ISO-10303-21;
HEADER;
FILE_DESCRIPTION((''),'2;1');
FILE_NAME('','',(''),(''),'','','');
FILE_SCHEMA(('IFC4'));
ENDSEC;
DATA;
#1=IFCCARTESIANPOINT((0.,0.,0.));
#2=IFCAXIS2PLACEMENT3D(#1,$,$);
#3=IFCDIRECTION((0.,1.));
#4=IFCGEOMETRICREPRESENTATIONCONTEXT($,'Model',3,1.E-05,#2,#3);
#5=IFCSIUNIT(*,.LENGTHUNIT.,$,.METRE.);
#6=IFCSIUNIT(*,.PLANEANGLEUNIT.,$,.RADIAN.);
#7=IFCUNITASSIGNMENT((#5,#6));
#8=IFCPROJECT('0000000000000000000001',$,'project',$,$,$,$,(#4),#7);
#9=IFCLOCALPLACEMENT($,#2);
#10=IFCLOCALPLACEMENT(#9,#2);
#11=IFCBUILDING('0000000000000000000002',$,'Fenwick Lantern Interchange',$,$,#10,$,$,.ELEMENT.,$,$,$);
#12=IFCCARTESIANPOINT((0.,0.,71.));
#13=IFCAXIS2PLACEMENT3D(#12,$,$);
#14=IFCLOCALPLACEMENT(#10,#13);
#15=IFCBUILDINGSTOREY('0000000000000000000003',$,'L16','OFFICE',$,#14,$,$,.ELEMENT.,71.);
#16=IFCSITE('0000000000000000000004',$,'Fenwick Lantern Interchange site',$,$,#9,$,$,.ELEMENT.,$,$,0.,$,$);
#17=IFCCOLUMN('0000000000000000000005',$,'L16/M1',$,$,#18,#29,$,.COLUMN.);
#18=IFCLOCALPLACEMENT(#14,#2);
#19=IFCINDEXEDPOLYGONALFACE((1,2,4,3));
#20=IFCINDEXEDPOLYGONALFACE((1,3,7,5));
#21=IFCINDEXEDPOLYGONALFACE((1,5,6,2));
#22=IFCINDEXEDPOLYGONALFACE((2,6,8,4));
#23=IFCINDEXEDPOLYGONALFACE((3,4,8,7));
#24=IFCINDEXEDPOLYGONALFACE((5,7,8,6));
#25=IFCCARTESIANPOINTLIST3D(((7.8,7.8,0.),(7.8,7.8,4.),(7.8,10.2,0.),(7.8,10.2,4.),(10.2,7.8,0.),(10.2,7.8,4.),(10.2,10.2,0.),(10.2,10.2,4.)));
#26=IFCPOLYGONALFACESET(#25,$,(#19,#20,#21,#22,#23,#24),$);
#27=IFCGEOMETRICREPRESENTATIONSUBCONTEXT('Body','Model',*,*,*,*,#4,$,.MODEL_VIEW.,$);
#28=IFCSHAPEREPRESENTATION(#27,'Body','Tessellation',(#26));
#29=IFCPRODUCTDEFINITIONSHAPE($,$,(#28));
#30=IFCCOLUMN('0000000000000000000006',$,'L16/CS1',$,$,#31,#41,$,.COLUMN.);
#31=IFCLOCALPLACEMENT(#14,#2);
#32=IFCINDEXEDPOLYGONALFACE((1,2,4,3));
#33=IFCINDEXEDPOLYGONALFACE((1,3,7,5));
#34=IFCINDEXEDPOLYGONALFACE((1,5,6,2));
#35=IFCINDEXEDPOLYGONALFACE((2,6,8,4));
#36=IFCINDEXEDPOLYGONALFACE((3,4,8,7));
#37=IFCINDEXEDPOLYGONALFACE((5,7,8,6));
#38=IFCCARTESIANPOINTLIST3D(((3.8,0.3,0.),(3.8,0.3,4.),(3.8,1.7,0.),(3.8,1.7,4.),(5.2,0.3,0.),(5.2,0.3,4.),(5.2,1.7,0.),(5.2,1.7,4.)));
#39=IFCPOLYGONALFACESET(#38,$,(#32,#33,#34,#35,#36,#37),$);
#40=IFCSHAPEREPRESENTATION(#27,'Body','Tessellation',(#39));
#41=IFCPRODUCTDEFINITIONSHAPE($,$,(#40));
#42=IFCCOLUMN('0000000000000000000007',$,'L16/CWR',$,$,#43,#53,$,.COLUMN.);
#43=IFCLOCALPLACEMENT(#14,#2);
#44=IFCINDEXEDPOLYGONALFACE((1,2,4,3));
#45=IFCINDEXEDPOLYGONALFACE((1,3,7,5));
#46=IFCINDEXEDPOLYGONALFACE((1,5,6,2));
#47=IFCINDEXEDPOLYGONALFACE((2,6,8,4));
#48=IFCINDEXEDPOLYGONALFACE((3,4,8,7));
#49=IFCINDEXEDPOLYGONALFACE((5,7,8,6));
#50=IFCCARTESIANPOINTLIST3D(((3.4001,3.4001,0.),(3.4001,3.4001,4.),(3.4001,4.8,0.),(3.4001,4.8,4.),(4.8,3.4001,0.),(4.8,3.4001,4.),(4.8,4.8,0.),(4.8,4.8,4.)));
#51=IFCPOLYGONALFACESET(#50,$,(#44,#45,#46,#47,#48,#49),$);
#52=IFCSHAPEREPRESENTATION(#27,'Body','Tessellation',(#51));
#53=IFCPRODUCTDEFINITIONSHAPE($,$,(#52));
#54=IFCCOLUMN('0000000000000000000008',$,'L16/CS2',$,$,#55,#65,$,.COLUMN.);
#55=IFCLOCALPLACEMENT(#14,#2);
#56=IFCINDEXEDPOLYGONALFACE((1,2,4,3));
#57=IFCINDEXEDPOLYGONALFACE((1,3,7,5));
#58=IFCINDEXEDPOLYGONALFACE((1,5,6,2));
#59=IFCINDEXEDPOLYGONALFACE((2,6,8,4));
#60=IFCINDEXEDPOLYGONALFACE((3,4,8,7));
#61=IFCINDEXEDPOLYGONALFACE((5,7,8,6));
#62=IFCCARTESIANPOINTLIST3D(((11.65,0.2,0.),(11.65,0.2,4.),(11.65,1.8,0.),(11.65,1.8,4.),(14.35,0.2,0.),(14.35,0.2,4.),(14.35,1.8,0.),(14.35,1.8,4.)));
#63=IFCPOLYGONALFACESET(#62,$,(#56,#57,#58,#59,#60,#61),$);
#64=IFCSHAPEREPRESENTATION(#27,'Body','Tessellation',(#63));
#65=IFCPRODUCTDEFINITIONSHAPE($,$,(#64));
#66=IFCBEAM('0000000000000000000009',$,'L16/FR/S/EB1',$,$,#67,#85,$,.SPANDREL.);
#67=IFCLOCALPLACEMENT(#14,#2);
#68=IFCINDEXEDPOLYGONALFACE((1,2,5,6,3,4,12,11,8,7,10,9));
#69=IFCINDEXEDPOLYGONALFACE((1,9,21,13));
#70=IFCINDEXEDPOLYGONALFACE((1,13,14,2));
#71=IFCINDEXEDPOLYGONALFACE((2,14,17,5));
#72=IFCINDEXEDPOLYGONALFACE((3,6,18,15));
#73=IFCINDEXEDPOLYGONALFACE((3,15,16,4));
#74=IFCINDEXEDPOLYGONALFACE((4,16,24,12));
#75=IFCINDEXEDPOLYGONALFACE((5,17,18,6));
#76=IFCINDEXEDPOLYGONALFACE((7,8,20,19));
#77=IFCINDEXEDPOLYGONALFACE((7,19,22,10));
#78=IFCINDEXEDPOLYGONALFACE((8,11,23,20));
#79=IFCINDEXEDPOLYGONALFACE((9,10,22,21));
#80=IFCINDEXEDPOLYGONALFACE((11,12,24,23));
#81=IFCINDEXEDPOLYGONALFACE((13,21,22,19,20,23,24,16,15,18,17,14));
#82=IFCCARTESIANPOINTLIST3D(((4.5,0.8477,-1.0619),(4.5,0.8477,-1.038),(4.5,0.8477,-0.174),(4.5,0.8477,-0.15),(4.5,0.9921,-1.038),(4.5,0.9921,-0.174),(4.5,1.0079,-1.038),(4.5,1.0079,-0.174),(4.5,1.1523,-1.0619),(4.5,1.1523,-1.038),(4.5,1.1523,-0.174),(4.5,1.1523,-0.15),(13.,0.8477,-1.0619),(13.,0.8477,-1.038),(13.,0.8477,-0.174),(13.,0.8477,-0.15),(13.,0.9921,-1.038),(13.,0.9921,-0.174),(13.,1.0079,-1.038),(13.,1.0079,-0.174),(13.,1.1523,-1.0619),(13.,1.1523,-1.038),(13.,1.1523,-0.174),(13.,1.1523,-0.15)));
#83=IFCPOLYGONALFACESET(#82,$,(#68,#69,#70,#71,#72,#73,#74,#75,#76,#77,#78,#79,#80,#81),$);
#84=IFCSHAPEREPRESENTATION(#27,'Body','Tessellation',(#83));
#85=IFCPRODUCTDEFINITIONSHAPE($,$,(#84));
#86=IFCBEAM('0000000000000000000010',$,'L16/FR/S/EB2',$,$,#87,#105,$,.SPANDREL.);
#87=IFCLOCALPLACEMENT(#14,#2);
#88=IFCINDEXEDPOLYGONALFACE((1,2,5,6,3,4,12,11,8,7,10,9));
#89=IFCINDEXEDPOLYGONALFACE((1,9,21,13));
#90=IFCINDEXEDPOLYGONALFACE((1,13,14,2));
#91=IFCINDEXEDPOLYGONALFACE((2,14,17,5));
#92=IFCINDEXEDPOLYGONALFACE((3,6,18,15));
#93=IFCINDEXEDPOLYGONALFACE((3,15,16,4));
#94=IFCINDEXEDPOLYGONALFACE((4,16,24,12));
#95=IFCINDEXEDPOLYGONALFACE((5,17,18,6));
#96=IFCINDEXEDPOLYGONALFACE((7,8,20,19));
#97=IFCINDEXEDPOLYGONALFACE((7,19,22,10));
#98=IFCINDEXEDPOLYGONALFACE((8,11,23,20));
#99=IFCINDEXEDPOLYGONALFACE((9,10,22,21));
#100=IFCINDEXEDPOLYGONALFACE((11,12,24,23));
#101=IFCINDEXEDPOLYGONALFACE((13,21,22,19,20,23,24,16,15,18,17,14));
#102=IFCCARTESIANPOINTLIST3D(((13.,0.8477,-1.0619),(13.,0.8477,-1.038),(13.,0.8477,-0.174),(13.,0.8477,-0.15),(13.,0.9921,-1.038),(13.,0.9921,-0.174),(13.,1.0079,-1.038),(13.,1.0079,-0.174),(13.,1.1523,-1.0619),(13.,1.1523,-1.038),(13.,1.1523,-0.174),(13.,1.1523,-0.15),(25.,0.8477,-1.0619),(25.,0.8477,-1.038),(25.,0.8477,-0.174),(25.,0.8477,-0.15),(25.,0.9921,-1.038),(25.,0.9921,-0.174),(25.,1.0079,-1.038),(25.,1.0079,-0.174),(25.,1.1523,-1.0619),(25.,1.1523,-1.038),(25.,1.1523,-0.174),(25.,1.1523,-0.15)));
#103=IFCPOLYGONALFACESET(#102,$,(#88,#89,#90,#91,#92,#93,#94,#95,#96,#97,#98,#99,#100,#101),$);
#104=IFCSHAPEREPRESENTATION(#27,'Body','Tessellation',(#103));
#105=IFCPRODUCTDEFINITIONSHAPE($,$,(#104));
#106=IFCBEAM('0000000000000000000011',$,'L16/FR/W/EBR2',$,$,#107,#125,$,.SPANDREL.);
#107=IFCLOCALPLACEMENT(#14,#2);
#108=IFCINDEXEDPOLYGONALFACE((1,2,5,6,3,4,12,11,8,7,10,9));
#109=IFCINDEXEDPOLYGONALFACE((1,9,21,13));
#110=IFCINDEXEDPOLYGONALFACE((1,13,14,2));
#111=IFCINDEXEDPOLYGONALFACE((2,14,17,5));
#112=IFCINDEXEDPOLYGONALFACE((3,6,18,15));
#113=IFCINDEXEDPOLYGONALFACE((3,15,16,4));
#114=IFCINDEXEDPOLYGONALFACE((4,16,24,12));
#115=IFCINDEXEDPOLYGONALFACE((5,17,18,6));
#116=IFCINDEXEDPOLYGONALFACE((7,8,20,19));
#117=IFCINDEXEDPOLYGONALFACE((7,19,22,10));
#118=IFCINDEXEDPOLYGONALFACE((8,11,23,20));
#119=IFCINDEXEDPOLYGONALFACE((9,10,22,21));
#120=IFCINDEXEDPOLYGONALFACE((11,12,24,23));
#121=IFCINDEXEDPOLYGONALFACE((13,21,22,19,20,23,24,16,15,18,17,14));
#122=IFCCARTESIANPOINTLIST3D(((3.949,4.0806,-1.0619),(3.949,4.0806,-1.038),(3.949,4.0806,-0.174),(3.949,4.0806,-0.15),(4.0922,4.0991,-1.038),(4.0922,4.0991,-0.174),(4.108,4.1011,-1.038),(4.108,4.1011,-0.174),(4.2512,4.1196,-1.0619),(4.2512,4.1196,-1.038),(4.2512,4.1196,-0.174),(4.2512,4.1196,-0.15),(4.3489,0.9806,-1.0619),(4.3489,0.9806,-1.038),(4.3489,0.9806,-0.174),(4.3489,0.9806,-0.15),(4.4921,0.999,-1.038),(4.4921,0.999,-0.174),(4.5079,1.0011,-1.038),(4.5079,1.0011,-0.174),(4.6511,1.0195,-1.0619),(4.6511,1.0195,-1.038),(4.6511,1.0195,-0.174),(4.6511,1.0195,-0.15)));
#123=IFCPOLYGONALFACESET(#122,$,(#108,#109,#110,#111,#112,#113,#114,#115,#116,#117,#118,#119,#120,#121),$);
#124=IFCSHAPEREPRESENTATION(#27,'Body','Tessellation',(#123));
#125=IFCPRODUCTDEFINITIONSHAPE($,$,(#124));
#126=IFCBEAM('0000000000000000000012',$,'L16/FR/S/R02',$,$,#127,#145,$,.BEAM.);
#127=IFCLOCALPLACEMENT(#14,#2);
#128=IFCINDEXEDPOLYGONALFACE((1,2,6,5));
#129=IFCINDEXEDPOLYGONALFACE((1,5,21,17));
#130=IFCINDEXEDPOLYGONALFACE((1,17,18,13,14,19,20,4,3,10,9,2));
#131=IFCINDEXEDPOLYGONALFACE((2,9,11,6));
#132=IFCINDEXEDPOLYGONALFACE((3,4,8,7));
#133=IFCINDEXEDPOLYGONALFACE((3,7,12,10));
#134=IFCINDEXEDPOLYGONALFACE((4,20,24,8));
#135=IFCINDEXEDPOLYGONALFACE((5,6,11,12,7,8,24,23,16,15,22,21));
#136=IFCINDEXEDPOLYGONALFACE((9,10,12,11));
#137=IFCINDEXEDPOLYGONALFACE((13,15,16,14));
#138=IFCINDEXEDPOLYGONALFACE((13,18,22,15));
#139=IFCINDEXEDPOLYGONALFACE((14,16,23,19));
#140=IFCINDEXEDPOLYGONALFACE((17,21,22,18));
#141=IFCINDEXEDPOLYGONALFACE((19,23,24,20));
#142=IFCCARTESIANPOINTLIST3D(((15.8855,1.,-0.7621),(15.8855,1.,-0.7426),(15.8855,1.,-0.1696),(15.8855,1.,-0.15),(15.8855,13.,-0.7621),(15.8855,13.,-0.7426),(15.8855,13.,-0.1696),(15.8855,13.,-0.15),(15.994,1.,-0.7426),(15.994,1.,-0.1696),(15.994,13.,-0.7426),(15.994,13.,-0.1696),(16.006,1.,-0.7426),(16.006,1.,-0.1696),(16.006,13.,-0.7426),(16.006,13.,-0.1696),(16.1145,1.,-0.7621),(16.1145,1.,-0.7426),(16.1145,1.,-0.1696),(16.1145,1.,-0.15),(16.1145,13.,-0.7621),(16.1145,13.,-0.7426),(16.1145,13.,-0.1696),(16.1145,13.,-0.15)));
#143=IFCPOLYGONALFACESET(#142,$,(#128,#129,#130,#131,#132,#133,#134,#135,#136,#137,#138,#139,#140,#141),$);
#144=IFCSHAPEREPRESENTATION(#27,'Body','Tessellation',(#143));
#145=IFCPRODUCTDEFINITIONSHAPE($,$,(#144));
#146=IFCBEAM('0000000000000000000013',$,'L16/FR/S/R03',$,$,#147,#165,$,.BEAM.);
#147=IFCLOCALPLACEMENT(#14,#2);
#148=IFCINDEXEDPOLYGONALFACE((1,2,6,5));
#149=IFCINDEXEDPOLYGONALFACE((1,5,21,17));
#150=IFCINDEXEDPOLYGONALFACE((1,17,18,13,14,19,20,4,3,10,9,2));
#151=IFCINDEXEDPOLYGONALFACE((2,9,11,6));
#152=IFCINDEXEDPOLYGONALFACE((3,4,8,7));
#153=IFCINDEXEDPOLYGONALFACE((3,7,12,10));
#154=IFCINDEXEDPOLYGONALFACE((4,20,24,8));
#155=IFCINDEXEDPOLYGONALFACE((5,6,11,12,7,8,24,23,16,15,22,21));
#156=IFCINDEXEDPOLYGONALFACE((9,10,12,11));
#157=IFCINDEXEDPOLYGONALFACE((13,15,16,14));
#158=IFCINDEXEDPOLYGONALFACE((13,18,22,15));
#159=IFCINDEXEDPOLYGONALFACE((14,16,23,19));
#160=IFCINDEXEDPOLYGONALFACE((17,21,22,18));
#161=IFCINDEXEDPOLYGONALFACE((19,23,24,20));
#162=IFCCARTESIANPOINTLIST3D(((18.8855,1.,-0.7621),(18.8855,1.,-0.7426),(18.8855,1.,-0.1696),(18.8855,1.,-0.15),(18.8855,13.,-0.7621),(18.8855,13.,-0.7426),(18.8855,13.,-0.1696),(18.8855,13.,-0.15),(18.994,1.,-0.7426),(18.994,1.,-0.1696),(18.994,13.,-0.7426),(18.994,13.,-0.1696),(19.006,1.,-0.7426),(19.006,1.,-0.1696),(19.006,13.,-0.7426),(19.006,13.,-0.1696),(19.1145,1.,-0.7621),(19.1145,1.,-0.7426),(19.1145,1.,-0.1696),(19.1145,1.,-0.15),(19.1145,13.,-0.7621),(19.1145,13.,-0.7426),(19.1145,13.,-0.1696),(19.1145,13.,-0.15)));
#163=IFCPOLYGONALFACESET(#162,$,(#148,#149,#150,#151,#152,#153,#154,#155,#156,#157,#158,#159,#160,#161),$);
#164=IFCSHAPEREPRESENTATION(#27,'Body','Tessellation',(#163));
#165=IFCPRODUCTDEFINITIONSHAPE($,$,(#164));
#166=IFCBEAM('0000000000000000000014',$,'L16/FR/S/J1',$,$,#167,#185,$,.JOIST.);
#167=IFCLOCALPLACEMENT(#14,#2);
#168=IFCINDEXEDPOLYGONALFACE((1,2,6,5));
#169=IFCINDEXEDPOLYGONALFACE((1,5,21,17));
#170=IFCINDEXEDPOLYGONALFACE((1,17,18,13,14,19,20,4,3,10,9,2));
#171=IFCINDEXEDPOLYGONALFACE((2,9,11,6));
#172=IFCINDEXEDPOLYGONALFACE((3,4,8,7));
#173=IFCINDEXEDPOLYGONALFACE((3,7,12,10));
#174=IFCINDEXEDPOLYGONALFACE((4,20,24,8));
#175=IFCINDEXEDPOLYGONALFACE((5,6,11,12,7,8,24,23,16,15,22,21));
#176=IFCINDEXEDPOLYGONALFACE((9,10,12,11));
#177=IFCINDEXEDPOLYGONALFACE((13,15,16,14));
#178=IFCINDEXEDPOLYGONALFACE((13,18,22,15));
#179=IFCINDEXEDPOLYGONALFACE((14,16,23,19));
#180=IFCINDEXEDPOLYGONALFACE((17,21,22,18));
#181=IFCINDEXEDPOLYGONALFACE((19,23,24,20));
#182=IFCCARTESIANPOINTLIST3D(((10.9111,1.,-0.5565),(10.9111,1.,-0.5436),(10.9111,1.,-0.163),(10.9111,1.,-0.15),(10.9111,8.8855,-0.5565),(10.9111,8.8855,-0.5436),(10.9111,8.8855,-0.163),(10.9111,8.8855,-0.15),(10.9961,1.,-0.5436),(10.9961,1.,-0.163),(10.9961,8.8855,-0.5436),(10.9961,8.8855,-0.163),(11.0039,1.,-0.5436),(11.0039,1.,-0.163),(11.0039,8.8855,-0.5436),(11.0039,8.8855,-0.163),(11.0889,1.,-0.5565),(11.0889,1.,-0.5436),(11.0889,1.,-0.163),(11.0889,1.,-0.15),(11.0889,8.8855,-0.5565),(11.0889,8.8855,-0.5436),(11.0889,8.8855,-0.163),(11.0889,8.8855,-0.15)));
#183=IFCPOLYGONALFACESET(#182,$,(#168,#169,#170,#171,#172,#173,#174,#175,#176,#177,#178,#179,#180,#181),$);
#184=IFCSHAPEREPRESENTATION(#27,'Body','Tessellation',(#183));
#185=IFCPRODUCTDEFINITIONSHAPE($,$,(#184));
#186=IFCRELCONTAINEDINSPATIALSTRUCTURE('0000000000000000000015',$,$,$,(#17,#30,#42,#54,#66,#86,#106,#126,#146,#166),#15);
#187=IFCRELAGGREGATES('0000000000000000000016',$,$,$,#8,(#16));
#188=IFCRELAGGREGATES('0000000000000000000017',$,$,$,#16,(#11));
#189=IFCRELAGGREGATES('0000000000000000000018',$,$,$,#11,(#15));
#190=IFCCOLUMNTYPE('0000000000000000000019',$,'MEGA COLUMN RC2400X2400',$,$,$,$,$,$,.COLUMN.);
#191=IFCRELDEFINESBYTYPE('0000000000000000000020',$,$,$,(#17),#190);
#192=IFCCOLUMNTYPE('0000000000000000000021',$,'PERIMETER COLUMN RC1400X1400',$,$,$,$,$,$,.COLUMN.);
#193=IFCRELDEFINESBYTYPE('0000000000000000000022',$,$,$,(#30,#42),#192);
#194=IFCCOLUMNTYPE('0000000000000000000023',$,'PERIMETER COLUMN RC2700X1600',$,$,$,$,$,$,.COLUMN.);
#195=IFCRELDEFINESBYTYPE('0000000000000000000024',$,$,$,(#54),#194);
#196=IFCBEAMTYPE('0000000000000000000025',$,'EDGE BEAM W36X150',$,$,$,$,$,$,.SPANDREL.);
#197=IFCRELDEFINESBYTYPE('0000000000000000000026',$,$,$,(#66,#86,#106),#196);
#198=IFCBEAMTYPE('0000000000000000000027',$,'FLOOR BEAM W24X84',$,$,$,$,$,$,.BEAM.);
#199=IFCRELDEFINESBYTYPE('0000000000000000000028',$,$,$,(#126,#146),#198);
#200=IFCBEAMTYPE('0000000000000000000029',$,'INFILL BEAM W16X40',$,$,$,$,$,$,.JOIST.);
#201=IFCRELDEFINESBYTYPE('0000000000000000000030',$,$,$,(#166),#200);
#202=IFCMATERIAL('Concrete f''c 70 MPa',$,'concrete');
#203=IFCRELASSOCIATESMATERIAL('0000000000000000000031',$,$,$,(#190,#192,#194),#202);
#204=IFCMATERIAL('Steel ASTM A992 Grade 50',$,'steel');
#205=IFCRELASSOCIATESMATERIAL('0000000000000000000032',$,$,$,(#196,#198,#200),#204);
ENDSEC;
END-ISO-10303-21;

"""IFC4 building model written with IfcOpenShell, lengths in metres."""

from ifc_helpers import new_model, si_unit, direction, frame, origin, origin_2d, place, context, subcontext, project, spatial, rectangle, i_section, extrude, material, material_profile, profile_set, type_object, element, save


model = new_model("IFC4")

# Units and contexts
model_context = context("Model", 3, precision=1e-05, world=origin(), true_north=direction((0.0, 1.0)))
body_context = subcontext(model_context, "Body", "Model", "MODEL_VIEW")
ifc_project = project(units=[si_unit("LENGTHUNIT", "METRE"), si_unit("PLANEANGLEUNIT", "RADIAN")], contexts=[model_context])

# Site, building, storey
site_placement = place(None, origin())
site = spatial("IfcSite", under=ifc_project, at=site_placement, Name="Fenwick Lantern Interchange site", CompositionType="ELEMENT", RefElevation=0.0)
building_placement = place(site_placement, origin())
building = spatial("IfcBuilding", under=site, at=building_placement, Name="Fenwick Lantern Interchange", CompositionType="ELEMENT")
storey_placement = place(building_placement, frame((0.0, 0.0, 71.0)))
storey = spatial("IfcBuildingStorey", under=building, at=storey_placement, Name="L16", Description="OFFICE", CompositionType="ELEMENT", Elevation=71.0)

# Columns
ifc_material_1 = material(Name="Concrete f'c 70 MPa", Category="concrete")
ifc_material_profile_1 = material_profile(ifc_material_1, rectangle(XDim=2.3999, YDim=2.3999, at=origin_2d()), Name="RC2400X2400")
ifc_profile_set_1 = profile_set([ifc_material_profile_1], Name="Concrete f'c 70 MPa")
column_type_1 = type_object("IfcColumnType", Name="MEGA COLUMN RC2400X2400", PredefinedType="COLUMN", material=ifc_profile_set_1)
column_1_placement = place(storey_placement, frame((9.0, 9.0, 0.0), z_axis=(0.0, 0.0, 1.0), x_axis=(1.0, 0.0, 0.0)))
element("IfcColumn", 1, at=column_1_placement, inside=storey, type_object=column_type_1, Name="L16/M1", PredefinedType="COLUMN", context=body_context, shape_type="SweptSolid", body=[
    extrude(rectangle(XDim=2.3999, YDim=2.3999, at=origin_2d()), origin(), (0.0, 0.0, 1.0), 4.0),
])
ifc_material_profile_2 = material_profile(ifc_material_1, rectangle(XDim=1.3999, YDim=1.3999, at=origin_2d()), Name="RC1400X1400")
ifc_profile_set_2 = profile_set([ifc_material_profile_2], Name="Concrete f'c 70 MPa")
column_type_2 = type_object("IfcColumnType", Name="PERIMETER COLUMN RC1400X1400", PredefinedType="COLUMN", material=ifc_profile_set_2)
for number, where, z_axis, x_axis, name in (
    (2, (4.5, 1.0, 0.0), (0.0, 0.0, 1.0), (1.0, 0.0, 0.0), "L16/CS1"),
    (3, (4.1001, 4.1001, 0.0), (0.0, 0.0, 1.0), (1.0, 0.0, 0.0), "L16/CWR"),
):
    element("IfcColumn", number, at=place(storey_placement, frame(where, z_axis=z_axis, x_axis=x_axis)), inside=storey, type_object=column_type_2, Name=name, PredefinedType="COLUMN", context=body_context, shape_type="SweptSolid", body=[
        extrude(rectangle(XDim=1.3999, YDim=1.3999, at=origin_2d()), origin(), (0.0, 0.0, 1.0), 4.0),
    ])
ifc_material_profile_3 = material_profile(ifc_material_1, rectangle(XDim=2.7, YDim=1.6001, at=origin_2d()), Name="RC2700X1600")
ifc_profile_set_3 = profile_set([ifc_material_profile_3], Name="Concrete f'c 70 MPa")
column_type_3 = type_object("IfcColumnType", Name="PERIMETER COLUMN RC2700X1600", PredefinedType="COLUMN", material=ifc_profile_set_3)
column_2_placement = place(storey_placement, frame((13.0, 1.0, 0.0), z_axis=(0.0, 0.0, 1.0), x_axis=(1.0, 0.0, 0.0)))
element("IfcColumn", 4, at=column_2_placement, inside=storey, type_object=column_type_3, Name="L16/CS2", PredefinedType="COLUMN", context=body_context, shape_type="SweptSolid", body=[
    extrude(rectangle(XDim=2.7, YDim=1.6001, at=origin_2d()), origin(), (0.0, 0.0, 1.0), 4.0),
])

# Beams
ifc_material_2 = material(Name="Steel ASTM A992 Grade 50", Category="steel")
ifc_material_profile_4 = material_profile(ifc_material_2, i_section(OverallWidth=0.3047, OverallDepth=0.9119, WebThickness=0.0159, FlangeThickness=0.0239, at=origin_2d()), Name="W36X150")
ifc_profile_set_4 = profile_set([ifc_material_profile_4], Name="Steel ASTM A992 Grade 50")
beam_type_1 = type_object("IfcBeamType", Name="EDGE BEAM W36X150", PredefinedType="SPANDREL", material=ifc_profile_set_4)
beam_1_placement = place(storey_placement, frame((4.5, 1.0, -0.606), z_axis=(1.0, 0.0, 0.0), x_axis=(0.0, 1.0, 0.0)))
element("IfcBeam", 5, at=beam_1_placement, inside=storey, type_object=beam_type_1, Name="L16/FR/S/EB1", PredefinedType="SPANDREL", context=body_context, shape_type="SweptSolid", body=[
    extrude(i_section(OverallWidth=0.3047, OverallDepth=0.9119, WebThickness=0.0159, FlangeThickness=0.0239, at=origin_2d()), origin(), (0.0, 0.0, 1.0), 8.5),
])
beam_2_placement = place(storey_placement, frame((13.0, 1.0, -0.606), z_axis=(1.0, 0.0, 0.0), x_axis=(0.0, 1.0, 0.0)))
element("IfcBeam", 6, at=beam_2_placement, inside=storey, type_object=beam_type_1, Name="L16/FR/S/EB2", PredefinedType="SPANDREL", context=body_context, shape_type="SweptSolid", body=[
    extrude(i_section(OverallWidth=0.3047, OverallDepth=0.9119, WebThickness=0.0159, FlangeThickness=0.0239, at=origin_2d()), origin(), (0.0, 0.0, 1.0), 12.0),
])
beam_3_placement = place(storey_placement, frame((4.1001, 4.1001, -0.606), z_axis=(0.127937, -0.991782, 0.0), x_axis=(0.991782, 0.127937, 0.0)))
element("IfcBeam", 7, at=beam_3_placement, inside=storey, type_object=beam_type_1, Name="L16/FR/W/EBR2", PredefinedType="SPANDREL", context=body_context, shape_type="SweptSolid", body=[
    extrude(i_section(OverallWidth=0.3047, OverallDepth=0.9119, WebThickness=0.0159, FlangeThickness=0.0239, at=origin_2d()), origin(), (0.0, 0.0, 1.0), 3.1257),
])
ifc_material_profile_5 = material_profile(ifc_material_2, i_section(OverallWidth=0.229, OverallDepth=0.6121, WebThickness=0.012, FlangeThickness=0.0195, at=origin_2d()), Name="W24X84")
ifc_profile_set_5 = profile_set([ifc_material_profile_5], Name="Steel ASTM A992 Grade 50")
beam_type_2 = type_object("IfcBeamType", Name="FLOOR BEAM W24X84", PredefinedType="BEAM", material=ifc_profile_set_5)
for number, where, z_axis, x_axis, name in (
    (8, (16.0, 1.0, -0.4561), (0.0, 1.0, 0.0), (-1.0, 0.0, 0.0), "L16/FR/S/R02"),
    (9, (19.0, 1.0, -0.4561), (0.0, 1.0, 0.0), (-1.0, 0.0, 0.0), "L16/FR/S/R03"),
):
    element("IfcBeam", number, at=place(storey_placement, frame(where, z_axis=z_axis, x_axis=x_axis)), inside=storey, type_object=beam_type_2, Name=name, PredefinedType="BEAM", context=body_context, shape_type="SweptSolid", body=[
        extrude(i_section(OverallWidth=0.229, OverallDepth=0.6121, WebThickness=0.012, FlangeThickness=0.0195, at=origin_2d()), origin(), (0.0, 0.0, 1.0), 12.0),
    ])
ifc_material_profile_6 = material_profile(ifc_material_2, i_section(OverallWidth=0.1777, OverallDepth=0.4065, WebThickness=0.0078, FlangeThickness=0.0129, at=origin_2d()), Name="W16X40")
ifc_profile_set_6 = profile_set([ifc_material_profile_6], Name="Steel ASTM A992 Grade 50")
beam_type_3 = type_object("IfcBeamType", Name="INFILL BEAM W16X40", PredefinedType="JOIST", material=ifc_profile_set_6)
beam_4_placement = place(storey_placement, frame((11.0, 1.0, -0.3533), z_axis=(0.0, 1.0, 0.0), x_axis=(-1.0, 0.0, 0.0)))
element("IfcBeam", 10, at=beam_4_placement, inside=storey, type_object=beam_type_3, Name="L16/FR/S/J1", PredefinedType="JOIST", context=body_context, shape_type="SweptSolid", body=[
    extrude(i_section(OverallWidth=0.1777, OverallDepth=0.4065, WebThickness=0.0078, FlangeThickness=0.0129, at=origin_2d()), origin(), (0.0, 0.0, 1.0), 7.8855),
])

save(model, "model.ifc")
